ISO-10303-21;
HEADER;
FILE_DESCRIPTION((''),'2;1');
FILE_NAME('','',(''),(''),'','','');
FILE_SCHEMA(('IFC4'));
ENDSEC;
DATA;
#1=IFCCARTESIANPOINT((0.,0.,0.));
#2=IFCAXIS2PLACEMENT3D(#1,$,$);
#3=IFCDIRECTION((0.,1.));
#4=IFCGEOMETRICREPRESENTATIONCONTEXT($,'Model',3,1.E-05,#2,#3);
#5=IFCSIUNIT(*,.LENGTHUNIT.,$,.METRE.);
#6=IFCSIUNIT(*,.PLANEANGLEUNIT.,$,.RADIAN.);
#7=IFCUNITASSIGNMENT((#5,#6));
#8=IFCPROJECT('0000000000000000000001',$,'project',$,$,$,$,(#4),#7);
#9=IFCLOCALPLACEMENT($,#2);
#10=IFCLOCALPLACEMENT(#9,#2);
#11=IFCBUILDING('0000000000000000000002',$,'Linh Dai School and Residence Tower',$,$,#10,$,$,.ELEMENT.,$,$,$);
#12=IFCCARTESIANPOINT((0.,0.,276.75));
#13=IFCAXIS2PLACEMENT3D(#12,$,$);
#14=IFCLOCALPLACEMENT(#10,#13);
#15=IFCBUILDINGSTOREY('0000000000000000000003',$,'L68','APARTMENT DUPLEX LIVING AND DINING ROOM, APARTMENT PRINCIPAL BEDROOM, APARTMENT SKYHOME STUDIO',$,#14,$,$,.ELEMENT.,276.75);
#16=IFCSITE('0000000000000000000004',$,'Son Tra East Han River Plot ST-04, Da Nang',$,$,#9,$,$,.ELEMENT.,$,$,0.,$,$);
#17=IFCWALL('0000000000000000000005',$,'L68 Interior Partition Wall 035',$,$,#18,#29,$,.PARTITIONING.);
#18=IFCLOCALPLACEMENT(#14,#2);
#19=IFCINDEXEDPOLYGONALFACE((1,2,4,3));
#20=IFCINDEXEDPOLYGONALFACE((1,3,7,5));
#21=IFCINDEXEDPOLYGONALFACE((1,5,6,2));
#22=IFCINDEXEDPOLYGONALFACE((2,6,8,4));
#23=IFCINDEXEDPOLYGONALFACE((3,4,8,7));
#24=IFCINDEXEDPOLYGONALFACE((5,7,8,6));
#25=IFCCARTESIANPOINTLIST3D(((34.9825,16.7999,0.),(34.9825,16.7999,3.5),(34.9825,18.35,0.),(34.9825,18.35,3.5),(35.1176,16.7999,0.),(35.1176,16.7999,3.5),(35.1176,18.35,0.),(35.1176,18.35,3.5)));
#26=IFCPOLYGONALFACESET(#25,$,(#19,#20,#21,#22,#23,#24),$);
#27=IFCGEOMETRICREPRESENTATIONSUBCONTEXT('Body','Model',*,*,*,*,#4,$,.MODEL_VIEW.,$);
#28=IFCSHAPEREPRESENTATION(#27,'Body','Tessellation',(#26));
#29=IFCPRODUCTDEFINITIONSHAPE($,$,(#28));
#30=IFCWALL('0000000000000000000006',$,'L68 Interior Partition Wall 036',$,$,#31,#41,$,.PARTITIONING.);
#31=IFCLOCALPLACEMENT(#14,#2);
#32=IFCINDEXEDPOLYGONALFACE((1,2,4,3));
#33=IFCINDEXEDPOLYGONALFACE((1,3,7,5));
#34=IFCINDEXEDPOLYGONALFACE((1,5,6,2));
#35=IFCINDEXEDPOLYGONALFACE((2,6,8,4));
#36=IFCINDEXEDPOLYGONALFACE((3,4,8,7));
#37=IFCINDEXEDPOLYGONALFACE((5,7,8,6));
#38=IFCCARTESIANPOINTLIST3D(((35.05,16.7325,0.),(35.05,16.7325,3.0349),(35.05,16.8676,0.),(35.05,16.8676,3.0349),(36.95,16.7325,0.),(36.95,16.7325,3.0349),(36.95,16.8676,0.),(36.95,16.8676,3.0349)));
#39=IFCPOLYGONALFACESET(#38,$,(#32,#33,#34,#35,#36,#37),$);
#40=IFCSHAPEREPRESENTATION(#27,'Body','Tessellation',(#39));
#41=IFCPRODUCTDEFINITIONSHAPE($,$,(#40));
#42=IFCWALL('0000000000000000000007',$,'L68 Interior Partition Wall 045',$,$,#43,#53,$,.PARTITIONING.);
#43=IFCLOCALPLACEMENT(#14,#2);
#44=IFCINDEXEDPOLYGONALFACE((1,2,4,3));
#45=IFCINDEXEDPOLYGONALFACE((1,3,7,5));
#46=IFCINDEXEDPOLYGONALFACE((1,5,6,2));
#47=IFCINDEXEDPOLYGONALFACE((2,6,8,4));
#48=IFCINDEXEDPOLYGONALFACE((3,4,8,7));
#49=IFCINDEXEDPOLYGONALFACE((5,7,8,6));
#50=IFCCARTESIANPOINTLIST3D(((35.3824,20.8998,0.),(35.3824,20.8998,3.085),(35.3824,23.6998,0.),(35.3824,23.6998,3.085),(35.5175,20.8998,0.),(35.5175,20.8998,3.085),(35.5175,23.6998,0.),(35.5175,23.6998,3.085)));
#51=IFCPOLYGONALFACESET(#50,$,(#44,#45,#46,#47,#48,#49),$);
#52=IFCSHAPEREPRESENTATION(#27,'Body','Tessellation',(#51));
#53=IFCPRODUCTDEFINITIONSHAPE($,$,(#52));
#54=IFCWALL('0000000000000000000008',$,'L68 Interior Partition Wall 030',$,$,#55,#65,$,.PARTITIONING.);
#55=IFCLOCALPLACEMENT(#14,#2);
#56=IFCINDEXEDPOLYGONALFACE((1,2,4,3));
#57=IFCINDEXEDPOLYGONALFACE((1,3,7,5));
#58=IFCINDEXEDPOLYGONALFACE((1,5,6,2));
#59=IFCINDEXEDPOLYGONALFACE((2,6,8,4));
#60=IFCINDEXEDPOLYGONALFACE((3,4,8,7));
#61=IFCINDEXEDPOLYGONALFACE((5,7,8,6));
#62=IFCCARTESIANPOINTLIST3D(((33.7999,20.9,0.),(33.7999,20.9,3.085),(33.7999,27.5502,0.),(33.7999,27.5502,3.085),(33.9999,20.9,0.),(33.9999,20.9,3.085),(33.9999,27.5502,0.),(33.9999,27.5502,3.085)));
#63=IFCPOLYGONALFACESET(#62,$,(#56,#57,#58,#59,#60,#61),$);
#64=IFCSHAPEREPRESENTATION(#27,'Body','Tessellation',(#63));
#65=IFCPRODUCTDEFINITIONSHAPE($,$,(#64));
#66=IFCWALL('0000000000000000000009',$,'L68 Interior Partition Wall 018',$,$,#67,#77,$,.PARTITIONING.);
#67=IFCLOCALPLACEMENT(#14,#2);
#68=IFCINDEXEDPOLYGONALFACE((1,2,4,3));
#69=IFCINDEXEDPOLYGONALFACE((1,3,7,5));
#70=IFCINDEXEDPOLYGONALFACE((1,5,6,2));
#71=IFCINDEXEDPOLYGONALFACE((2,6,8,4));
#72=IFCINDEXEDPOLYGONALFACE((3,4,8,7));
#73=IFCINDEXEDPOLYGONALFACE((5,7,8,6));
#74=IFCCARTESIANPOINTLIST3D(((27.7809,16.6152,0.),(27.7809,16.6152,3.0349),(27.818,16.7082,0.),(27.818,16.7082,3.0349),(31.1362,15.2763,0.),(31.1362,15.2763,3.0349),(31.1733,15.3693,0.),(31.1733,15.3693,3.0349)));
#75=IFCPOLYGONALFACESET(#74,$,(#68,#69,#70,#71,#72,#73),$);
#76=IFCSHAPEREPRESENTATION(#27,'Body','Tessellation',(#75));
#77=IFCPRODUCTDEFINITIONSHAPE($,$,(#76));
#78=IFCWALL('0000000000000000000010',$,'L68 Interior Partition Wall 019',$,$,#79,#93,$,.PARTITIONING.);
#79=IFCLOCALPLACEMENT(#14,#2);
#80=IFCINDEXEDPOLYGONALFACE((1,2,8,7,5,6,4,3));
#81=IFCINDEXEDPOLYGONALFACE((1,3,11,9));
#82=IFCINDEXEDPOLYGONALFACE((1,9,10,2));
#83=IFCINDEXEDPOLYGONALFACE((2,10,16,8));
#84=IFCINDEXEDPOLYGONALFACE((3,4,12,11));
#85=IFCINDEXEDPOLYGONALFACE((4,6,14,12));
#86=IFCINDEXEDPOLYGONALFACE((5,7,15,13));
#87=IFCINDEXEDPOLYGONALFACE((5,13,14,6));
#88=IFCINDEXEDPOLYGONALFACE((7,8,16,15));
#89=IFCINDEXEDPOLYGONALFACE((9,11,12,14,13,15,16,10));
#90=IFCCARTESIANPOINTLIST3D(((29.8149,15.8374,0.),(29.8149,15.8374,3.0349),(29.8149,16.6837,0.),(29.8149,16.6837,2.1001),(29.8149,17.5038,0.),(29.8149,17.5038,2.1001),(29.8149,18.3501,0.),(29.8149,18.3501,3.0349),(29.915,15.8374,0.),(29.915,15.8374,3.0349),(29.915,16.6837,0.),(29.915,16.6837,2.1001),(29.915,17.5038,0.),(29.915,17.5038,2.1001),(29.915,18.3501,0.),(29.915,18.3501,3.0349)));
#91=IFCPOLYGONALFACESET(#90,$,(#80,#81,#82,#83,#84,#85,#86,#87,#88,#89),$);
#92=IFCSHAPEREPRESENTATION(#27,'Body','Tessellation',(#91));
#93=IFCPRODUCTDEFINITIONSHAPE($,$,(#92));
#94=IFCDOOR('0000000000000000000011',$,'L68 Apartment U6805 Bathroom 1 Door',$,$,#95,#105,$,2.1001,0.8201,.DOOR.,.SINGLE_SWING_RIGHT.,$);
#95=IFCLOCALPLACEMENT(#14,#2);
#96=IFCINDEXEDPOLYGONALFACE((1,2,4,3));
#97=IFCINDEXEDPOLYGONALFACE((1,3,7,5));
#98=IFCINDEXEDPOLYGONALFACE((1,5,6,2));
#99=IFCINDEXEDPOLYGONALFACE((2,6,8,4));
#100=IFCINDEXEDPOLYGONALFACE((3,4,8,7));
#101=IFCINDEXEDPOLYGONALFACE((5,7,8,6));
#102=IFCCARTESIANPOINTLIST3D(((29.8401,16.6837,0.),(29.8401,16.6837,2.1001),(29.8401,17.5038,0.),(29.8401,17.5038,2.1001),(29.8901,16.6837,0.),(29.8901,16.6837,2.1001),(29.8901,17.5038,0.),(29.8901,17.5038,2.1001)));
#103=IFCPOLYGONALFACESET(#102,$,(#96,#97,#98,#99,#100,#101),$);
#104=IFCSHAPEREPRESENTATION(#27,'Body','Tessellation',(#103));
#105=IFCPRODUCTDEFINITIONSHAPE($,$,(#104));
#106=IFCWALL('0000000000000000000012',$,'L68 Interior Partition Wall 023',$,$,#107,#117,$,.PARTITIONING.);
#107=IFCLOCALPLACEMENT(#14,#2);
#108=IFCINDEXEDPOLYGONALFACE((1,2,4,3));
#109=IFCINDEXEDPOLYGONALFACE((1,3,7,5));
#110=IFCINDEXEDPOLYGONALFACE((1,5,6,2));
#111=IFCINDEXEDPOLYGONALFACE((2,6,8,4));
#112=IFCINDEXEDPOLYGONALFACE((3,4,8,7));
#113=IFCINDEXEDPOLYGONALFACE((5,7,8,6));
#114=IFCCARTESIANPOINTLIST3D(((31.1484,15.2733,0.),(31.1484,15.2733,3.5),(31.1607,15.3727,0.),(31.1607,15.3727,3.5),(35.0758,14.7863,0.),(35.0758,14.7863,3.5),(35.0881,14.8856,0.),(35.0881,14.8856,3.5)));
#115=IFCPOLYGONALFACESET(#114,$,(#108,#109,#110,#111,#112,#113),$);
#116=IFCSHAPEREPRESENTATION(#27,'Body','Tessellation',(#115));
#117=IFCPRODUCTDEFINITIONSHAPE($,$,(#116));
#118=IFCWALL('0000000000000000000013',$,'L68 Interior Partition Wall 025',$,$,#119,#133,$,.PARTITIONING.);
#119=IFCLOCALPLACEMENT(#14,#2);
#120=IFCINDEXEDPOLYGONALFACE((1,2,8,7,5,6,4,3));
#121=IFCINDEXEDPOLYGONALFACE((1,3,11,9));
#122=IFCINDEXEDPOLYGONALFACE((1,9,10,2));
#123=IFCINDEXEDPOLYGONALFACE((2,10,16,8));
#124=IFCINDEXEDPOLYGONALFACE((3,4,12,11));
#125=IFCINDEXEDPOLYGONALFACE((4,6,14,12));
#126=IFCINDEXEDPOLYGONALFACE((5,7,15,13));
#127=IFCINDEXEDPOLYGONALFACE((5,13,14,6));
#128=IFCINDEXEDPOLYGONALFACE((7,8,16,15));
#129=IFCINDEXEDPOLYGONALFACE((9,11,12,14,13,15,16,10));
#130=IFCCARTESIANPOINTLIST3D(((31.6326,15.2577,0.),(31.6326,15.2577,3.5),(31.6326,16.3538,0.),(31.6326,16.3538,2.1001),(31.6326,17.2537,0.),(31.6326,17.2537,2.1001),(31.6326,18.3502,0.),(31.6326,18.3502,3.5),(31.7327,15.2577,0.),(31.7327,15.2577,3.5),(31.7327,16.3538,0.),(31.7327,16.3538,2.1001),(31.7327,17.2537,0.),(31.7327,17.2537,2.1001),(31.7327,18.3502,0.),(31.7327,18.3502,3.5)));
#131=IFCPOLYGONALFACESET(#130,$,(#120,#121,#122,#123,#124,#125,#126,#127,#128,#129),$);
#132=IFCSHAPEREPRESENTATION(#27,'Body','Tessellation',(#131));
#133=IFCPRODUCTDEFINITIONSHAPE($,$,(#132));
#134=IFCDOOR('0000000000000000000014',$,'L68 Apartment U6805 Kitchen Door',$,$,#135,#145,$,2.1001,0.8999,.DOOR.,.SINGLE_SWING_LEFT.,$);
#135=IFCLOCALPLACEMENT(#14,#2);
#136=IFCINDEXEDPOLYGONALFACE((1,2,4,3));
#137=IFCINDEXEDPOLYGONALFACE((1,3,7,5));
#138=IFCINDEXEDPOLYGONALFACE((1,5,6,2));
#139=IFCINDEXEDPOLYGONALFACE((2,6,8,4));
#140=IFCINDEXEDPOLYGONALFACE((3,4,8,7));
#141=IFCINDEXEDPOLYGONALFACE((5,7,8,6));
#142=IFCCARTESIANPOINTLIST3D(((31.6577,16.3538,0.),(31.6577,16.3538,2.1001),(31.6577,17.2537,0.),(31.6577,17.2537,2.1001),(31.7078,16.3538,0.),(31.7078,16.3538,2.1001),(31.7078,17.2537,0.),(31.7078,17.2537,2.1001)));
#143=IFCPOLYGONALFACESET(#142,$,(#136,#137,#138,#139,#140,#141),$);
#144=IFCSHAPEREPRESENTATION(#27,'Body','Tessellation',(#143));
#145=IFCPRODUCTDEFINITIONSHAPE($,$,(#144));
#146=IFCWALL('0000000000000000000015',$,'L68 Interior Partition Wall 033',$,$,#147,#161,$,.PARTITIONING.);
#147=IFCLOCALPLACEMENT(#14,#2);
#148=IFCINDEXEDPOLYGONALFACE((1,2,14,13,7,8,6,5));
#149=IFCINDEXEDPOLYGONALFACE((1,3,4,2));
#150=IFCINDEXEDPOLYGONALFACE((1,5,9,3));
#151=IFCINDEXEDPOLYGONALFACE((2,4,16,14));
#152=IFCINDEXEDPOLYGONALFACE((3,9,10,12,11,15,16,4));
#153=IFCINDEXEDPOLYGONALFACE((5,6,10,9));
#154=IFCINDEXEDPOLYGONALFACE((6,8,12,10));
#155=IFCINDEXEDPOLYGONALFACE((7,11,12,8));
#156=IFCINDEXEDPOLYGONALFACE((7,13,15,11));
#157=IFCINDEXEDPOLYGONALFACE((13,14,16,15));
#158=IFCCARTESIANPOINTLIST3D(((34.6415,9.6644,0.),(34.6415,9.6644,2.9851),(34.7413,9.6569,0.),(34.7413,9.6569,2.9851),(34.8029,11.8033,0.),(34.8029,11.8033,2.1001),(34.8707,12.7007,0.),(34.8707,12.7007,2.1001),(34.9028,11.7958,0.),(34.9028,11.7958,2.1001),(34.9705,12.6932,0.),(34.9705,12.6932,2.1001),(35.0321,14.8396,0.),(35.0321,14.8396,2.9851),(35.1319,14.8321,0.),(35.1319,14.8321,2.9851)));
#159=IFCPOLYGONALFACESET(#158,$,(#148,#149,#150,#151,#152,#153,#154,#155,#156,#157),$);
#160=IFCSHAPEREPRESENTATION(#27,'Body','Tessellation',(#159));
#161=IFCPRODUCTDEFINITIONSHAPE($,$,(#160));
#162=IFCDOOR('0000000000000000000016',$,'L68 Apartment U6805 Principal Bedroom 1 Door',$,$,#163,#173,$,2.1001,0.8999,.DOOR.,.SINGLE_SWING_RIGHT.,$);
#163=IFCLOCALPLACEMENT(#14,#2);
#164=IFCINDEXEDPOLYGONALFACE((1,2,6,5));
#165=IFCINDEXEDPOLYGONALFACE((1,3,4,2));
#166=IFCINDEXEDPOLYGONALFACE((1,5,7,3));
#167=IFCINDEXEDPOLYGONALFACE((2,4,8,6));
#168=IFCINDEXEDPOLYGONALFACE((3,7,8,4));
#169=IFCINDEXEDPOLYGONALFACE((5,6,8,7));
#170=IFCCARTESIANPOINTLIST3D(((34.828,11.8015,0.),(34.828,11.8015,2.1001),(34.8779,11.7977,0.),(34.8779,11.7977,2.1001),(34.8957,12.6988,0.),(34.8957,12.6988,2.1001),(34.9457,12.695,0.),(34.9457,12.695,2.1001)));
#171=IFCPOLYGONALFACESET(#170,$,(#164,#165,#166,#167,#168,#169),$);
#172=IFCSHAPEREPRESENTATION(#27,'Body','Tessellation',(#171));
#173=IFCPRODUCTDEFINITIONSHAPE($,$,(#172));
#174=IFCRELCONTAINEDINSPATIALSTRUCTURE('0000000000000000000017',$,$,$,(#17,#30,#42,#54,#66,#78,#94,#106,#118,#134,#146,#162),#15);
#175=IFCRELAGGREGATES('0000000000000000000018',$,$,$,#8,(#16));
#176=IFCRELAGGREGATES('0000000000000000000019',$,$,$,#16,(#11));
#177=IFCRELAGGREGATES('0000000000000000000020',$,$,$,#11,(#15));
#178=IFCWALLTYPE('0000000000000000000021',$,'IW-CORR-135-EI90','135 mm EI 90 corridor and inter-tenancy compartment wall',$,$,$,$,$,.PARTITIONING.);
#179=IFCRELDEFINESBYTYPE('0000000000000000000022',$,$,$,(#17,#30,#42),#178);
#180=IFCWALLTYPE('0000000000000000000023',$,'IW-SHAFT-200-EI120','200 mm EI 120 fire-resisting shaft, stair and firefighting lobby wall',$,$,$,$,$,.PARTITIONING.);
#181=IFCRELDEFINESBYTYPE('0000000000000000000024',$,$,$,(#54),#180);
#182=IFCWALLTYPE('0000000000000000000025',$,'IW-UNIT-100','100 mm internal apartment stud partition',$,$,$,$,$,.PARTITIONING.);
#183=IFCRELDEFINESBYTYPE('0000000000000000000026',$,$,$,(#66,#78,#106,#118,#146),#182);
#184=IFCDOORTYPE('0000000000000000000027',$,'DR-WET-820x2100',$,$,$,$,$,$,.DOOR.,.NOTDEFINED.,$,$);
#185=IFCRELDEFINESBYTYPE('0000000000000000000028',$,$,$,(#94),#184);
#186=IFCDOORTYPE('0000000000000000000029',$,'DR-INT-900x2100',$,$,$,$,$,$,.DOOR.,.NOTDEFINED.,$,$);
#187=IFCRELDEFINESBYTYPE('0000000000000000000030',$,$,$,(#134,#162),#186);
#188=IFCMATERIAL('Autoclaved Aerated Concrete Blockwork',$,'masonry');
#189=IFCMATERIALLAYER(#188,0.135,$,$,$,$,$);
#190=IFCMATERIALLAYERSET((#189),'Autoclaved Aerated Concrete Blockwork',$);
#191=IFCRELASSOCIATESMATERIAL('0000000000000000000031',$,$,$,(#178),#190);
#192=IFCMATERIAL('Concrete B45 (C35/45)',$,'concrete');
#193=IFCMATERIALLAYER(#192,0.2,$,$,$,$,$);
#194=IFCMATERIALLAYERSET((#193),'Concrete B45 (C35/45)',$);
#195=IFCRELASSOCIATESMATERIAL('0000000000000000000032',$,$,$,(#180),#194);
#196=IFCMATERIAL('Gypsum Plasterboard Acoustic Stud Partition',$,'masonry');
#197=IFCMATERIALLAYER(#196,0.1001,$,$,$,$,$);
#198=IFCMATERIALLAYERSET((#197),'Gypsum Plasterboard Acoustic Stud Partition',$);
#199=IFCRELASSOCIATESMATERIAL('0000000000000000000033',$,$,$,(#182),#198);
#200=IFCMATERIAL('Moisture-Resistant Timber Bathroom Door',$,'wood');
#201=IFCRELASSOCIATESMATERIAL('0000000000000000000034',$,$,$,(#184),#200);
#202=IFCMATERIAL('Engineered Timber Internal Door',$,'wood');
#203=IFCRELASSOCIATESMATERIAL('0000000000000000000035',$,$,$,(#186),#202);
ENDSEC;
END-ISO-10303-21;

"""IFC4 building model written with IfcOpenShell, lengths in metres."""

from ifc_helpers import new_model, si_unit, direction, frame, frame_2d, origin, origin_2d, place, context, subcontext, project, spatial, rectangle, extrude, source, transform, mapped, material, layer, layer_set, type_object, element, fill, save


model = new_model("IFC4")

# Units and contexts
model_context = context("Model", 3, precision=1e-05, world=origin(), true_north=direction((0.0, 1.0)))
body_context = subcontext(model_context, "Body", "Model", "MODEL_VIEW")
ifc_project = project(units=[si_unit("LENGTHUNIT", "METRE"), si_unit("PLANEANGLEUNIT", "RADIAN")], contexts=[model_context])

# Site, building, storey
site_placement = place(None, origin())
site = spatial("IfcSite", under=ifc_project, at=site_placement, Name="Son Tra East Han River Plot ST-04, Da Nang", CompositionType="ELEMENT", RefElevation=0.0)
building_placement = place(site_placement, origin())
building = spatial("IfcBuilding", under=site, at=building_placement, Name="Linh Dai School and Residence Tower", CompositionType="ELEMENT")
storey_placement = place(building_placement, frame((0.0, 0.0, 276.75)))
storey = spatial("IfcBuildingStorey", under=building, at=storey_placement, Name="L68", Description="APARTMENT DUPLEX LIVING AND DINING ROOM, APARTMENT PRINCIPAL BEDROOM, APARTMENT SKYHOME STUDIO", CompositionType="ELEMENT", Elevation=276.75)

# Walls
ifc_material_1 = material(Name="Autoclaved Aerated Concrete Blockwork", Category="masonry")
ifc_layer_1 = layer(ifc_material_1, 0.135)
ifc_layer_set_1 = layer_set([ifc_layer_1], Name="Autoclaved Aerated Concrete Blockwork")
wall_type_1 = type_object("IfcWallType", Name="IW-CORR-135-EI90", Description="135 mm EI 90 corridor and inter-tenancy compartment wall", PredefinedType="PARTITIONING", material=ifc_layer_set_1)
wall_1_placement = place(storey_placement, frame((35.05, 16.8, 0.0), z_axis=(0.0, 0.0, 1.0), x_axis=(0.0, 1.0, 0.0)))
element("IfcWall", 1, at=wall_1_placement, inside=storey, type_object=wall_type_1, Name="L68 Interior Partition Wall 035", PredefinedType="PARTITIONING", context=body_context, shape_type="SweptSolid", body=[
    extrude(rectangle(XDim=1.55, YDim=0.135, at=frame_2d((0.7749, 0.0))), origin(), (0.0, 0.0, 1.0), 3.5),
])
wall_2_placement = place(storey_placement, frame((35.05, 16.8, 0.0), z_axis=(0.0, 0.0, 1.0), x_axis=(1.0, 0.0, 0.0)))
element("IfcWall", 2, at=wall_2_placement, inside=storey, type_object=wall_type_1, Name="L68 Interior Partition Wall 036", PredefinedType="PARTITIONING", context=body_context, shape_type="SweptSolid", body=[
    extrude(rectangle(XDim=1.8999, YDim=0.135, at=frame_2d((0.95, 0.0))), origin(), (0.0, 0.0, 1.0), 3.0349),
])
wall_3_placement = place(storey_placement, frame((35.45, 20.8999, 0.0), z_axis=(0.0, 0.0, 1.0), x_axis=(0.0, 1.0, 0.0)))
element("IfcWall", 3, at=wall_3_placement, inside=storey, type_object=wall_type_1, Name="L68 Interior Partition Wall 045", PredefinedType="PARTITIONING", context=body_context, shape_type="SweptSolid", body=[
    extrude(rectangle(XDim=2.8, YDim=0.135, at=frame_2d((1.3999, 0.0))), origin(), (0.0, 0.0, 1.0), 3.085),
])
ifc_material_2 = material(Name="Concrete B45 (C35/45)", Category="concrete")
ifc_layer_2 = layer(ifc_material_2, 0.2)
ifc_layer_set_2 = layer_set([ifc_layer_2], Name="Concrete B45 (C35/45)")
wall_type_2 = type_object("IfcWallType", Name="IW-SHAFT-200-EI120", Description="200 mm EI 120 fire-resisting shaft, stair and firefighting lobby wall", PredefinedType="PARTITIONING", material=ifc_layer_set_2)
wall_4_placement = place(storey_placement, frame((33.8999, 20.8999, 0.0), z_axis=(0.0, 0.0, 1.0), x_axis=(0.0, 1.0, 0.0)))
element("IfcWall", 4, at=wall_4_placement, inside=storey, type_object=wall_type_2, Name="L68 Interior Partition Wall 030", PredefinedType="PARTITIONING", context=body_context, shape_type="SweptSolid", body=[
    extrude(rectangle(XDim=6.6501, YDim=0.2, at=frame_2d((3.3252, 0.0))), origin(), (0.0, 0.0, 1.0), 3.085),
])
ifc_material_3 = material(Name="Gypsum Plasterboard Acoustic Stud Partition", Category="masonry")
ifc_layer_3 = layer(ifc_material_3, 0.1001)
ifc_layer_set_3 = layer_set([ifc_layer_3], Name="Gypsum Plasterboard Acoustic Stud Partition")
wall_type_3 = type_object("IfcWallType", Name="IW-UNIT-100", Description="100 mm internal apartment stud partition", PredefinedType="PARTITIONING", material=ifc_layer_set_3)
wall_5_placement = place(storey_placement, frame((27.7996, 16.6616, 0.0), z_axis=(0.0, 0.0, 1.0), x_axis=(0.928784, -0.370622, 0.0)))
element("IfcWall", 5, at=wall_5_placement, inside=storey, type_object=wall_type_3, Name="L68 Interior Partition Wall 018", PredefinedType="PARTITIONING", context=body_context, shape_type="SweptSolid", body=[
    extrude(rectangle(XDim=3.6125, YDim=0.1001, at=frame_2d((1.8062, 0.0))), origin(), (0.0, 0.0, 1.0), 3.0349),
])

# Wall, opening, door
wall_6_placement = place(storey_placement, frame((29.865, 15.8374, 0.0), z_axis=(0.0, 0.0, 1.0), x_axis=(0.0, 1.0, 0.0)))
wall_6 = element("IfcWall", 6, at=wall_6_placement, inside=storey, type_object=wall_type_3, Name="L68 Interior Partition Wall 019", PredefinedType="PARTITIONING", context=body_context, shape_type="SweptSolid", body=[
    extrude(rectangle(XDim=2.5127, YDim=0.1001, at=frame_2d((1.2563, 0.0))), origin(), (0.0, 0.0, 1.0), 3.0349),
])
opening_1_placement = place(wall_6_placement, frame((0.8462, 0.0, 0.0)))
opening_1 = element("IfcOpeningElement", 7, at=opening_1_placement, cuts=wall_6, PredefinedType="OPENING", context=body_context, shape_type="SweptSolid", body=[
    extrude(rectangle(XDim=0.8201, YDim=2.1001, at=origin_2d()), frame((0.4102, 0.0601, 1.05), z_axis=(0.0, -1.0, 0.0), x_axis=(1.0, 0.0, 0.0)), (0.0, 0.0, 1.0), 0.1201),
])
ifc_material_4 = material(Name="Moisture-Resistant Timber Bathroom Door", Category="wood")
door_type_1 = type_object("IfcDoorType", Name="DR-WET-820x2100", OperationType="NOTDEFINED", PredefinedType="DOOR", material=ifc_material_4)
shared_shape_1 = source(origin(), body_context, "Body", "SweptSolid", [
    extrude(rectangle(XDim=0.8201, YDim=2.1001, at=origin_2d()), frame((0.4102, 0.0249, 1.05), z_axis=(0.0, -1.0, 0.0), x_axis=(1.0, 0.0, 0.0)), (0.0, 0.0, 1.0), 0.05),
])
door_1_placement = place(opening_1_placement, origin())
door_1 = element("IfcDoor", 8, at=door_1_placement, inside=storey, type_object=door_type_1, Name="L68 Apartment U6805 Bathroom 1 Door", OperationType="SINGLE_SWING_RIGHT", OverallHeight=2.1001, OverallWidth=0.8201, PredefinedType="DOOR", context=body_context, shape_type="MappedRepresentation", body=[
    mapped(shared_shape_1, transform((0.0, 0.0, 0.0), x_axis=(1.0, 0.0, 0.0), y_axis=(0.0, 1.0, 0.0), z_axis=(0.0, 0.0, 1.0), scale=1.0)),
])
fill(opening_1, door_1)

# Wall
wall_7_placement = place(storey_placement, frame((31.1545, 15.323, 0.0), z_axis=(0.0, 0.0, 1.0), x_axis=(0.992398, -0.12307, 0.0)))
element("IfcWall", 9, at=wall_7_placement, inside=storey, type_object=wall_type_3, Name="L68 Interior Partition Wall 023", PredefinedType="PARTITIONING", context=body_context, shape_type="SweptSolid", body=[
    extrude(rectangle(XDim=3.9575, YDim=0.1001, at=frame_2d((1.9788, 0.0))), origin(), (0.0, 0.0, 1.0), 3.5),
])

# Walls, openings, doors
wall_8_placement = place(storey_placement, frame((31.6826, 15.2576, 0.0), z_axis=(0.0, 0.0, 1.0), x_axis=(0.0, 1.0, 0.0)))
wall_8 = element("IfcWall", 10, at=wall_8_placement, inside=storey, type_object=wall_type_3, Name="L68 Interior Partition Wall 025", PredefinedType="PARTITIONING", context=body_context, shape_type="SweptSolid", body=[
    extrude(rectangle(XDim=3.0925, YDim=0.1001, at=frame_2d((1.5464, 0.0))), origin(), (0.0, 0.0, 1.0), 3.5),
])
opening_2_placement = place(wall_8_placement, frame((1.0962, 0.0, 0.0)))
opening_2 = element("IfcOpeningElement", 11, at=opening_2_placement, cuts=wall_8, PredefinedType="OPENING", context=body_context, shape_type="SweptSolid", body=[
    extrude(rectangle(XDim=0.8999, YDim=2.1001, at=origin_2d()), frame((0.45, 0.0601, 1.05), z_axis=(0.0, -1.0, 0.0), x_axis=(1.0, 0.0, 0.0)), (0.0, 0.0, 1.0), 0.1201),
])
ifc_material_5 = material(Name="Engineered Timber Internal Door", Category="wood")
door_type_2 = type_object("IfcDoorType", Name="DR-INT-900x2100", OperationType="NOTDEFINED", PredefinedType="DOOR", material=ifc_material_5)
shared_shape_2 = source(origin(), body_context, "Body", "SweptSolid", [
    extrude(rectangle(XDim=0.8999, YDim=2.1001, at=origin_2d()), frame((0.45, 0.0249, 1.05), z_axis=(0.0, -1.0, 0.0), x_axis=(1.0, 0.0, 0.0)), (0.0, 0.0, 1.0), 0.05),
])
door_2_placement = place(opening_2_placement, origin())
door_2 = element("IfcDoor", 12, at=door_2_placement, inside=storey, type_object=door_type_2, Name="L68 Apartment U6805 Kitchen Door", OperationType="SINGLE_SWING_LEFT", OverallHeight=2.1001, OverallWidth=0.8999, PredefinedType="DOOR", context=body_context, shape_type="MappedRepresentation", body=[
    mapped(shared_shape_2, transform((0.0, 0.0, 0.0), x_axis=(1.0, 0.0, 0.0), y_axis=(0.0, 1.0, 0.0), z_axis=(0.0, 0.0, 1.0), scale=1.0)),
])
fill(opening_2, door_2)
wall_9_placement = place(storey_placement, frame((34.6914, 9.6606, 0.0), z_axis=(0.0, 0.0, 1.0), x_axis=(0.075265, 0.997164, 0.0)))
wall_9 = element("IfcWall", 13, at=wall_9_placement, inside=storey, type_object=wall_type_3, Name="L68 Interior Partition Wall 033", PredefinedType="PARTITIONING", context=body_context, shape_type="SweptSolid", body=[
    extrude(rectangle(XDim=5.1899, YDim=0.1001, at=frame_2d((2.595, 0.0))), origin(), (0.0, 0.0, 1.0), 2.9851),
])
opening_3_placement = place(wall_9_placement, frame((2.145, 0.0, 0.0)))
opening_3 = element("IfcOpeningElement", 14, at=opening_3_placement, cuts=wall_9, PredefinedType="OPENING", context=body_context, shape_type="SweptSolid", body=[
    extrude(rectangle(XDim=0.8999, YDim=2.1001, at=origin_2d()), frame((0.45, 0.0601, 1.05), z_axis=(0.0, -1.0, 0.0), x_axis=(1.0, 0.0, 0.0)), (0.0, 0.0, 1.0), 0.1201),
])
door_3_placement = place(opening_3_placement, origin())
door_3 = element("IfcDoor", 15, at=door_3_placement, inside=storey, type_object=door_type_2, Name="L68 Apartment U6805 Principal Bedroom 1 Door", OperationType="SINGLE_SWING_RIGHT", OverallHeight=2.1001, OverallWidth=0.8999, PredefinedType="DOOR", context=body_context, shape_type="MappedRepresentation", body=[
    mapped(shared_shape_2, transform((0.0, 0.0, 0.0), x_axis=(1.0, 0.0, 0.0), y_axis=(0.0, 1.0, 0.0), z_axis=(0.0, 0.0, 1.0), scale=1.0)),
])
fill(opening_3, door_3)

save(model, "model.ifc")
